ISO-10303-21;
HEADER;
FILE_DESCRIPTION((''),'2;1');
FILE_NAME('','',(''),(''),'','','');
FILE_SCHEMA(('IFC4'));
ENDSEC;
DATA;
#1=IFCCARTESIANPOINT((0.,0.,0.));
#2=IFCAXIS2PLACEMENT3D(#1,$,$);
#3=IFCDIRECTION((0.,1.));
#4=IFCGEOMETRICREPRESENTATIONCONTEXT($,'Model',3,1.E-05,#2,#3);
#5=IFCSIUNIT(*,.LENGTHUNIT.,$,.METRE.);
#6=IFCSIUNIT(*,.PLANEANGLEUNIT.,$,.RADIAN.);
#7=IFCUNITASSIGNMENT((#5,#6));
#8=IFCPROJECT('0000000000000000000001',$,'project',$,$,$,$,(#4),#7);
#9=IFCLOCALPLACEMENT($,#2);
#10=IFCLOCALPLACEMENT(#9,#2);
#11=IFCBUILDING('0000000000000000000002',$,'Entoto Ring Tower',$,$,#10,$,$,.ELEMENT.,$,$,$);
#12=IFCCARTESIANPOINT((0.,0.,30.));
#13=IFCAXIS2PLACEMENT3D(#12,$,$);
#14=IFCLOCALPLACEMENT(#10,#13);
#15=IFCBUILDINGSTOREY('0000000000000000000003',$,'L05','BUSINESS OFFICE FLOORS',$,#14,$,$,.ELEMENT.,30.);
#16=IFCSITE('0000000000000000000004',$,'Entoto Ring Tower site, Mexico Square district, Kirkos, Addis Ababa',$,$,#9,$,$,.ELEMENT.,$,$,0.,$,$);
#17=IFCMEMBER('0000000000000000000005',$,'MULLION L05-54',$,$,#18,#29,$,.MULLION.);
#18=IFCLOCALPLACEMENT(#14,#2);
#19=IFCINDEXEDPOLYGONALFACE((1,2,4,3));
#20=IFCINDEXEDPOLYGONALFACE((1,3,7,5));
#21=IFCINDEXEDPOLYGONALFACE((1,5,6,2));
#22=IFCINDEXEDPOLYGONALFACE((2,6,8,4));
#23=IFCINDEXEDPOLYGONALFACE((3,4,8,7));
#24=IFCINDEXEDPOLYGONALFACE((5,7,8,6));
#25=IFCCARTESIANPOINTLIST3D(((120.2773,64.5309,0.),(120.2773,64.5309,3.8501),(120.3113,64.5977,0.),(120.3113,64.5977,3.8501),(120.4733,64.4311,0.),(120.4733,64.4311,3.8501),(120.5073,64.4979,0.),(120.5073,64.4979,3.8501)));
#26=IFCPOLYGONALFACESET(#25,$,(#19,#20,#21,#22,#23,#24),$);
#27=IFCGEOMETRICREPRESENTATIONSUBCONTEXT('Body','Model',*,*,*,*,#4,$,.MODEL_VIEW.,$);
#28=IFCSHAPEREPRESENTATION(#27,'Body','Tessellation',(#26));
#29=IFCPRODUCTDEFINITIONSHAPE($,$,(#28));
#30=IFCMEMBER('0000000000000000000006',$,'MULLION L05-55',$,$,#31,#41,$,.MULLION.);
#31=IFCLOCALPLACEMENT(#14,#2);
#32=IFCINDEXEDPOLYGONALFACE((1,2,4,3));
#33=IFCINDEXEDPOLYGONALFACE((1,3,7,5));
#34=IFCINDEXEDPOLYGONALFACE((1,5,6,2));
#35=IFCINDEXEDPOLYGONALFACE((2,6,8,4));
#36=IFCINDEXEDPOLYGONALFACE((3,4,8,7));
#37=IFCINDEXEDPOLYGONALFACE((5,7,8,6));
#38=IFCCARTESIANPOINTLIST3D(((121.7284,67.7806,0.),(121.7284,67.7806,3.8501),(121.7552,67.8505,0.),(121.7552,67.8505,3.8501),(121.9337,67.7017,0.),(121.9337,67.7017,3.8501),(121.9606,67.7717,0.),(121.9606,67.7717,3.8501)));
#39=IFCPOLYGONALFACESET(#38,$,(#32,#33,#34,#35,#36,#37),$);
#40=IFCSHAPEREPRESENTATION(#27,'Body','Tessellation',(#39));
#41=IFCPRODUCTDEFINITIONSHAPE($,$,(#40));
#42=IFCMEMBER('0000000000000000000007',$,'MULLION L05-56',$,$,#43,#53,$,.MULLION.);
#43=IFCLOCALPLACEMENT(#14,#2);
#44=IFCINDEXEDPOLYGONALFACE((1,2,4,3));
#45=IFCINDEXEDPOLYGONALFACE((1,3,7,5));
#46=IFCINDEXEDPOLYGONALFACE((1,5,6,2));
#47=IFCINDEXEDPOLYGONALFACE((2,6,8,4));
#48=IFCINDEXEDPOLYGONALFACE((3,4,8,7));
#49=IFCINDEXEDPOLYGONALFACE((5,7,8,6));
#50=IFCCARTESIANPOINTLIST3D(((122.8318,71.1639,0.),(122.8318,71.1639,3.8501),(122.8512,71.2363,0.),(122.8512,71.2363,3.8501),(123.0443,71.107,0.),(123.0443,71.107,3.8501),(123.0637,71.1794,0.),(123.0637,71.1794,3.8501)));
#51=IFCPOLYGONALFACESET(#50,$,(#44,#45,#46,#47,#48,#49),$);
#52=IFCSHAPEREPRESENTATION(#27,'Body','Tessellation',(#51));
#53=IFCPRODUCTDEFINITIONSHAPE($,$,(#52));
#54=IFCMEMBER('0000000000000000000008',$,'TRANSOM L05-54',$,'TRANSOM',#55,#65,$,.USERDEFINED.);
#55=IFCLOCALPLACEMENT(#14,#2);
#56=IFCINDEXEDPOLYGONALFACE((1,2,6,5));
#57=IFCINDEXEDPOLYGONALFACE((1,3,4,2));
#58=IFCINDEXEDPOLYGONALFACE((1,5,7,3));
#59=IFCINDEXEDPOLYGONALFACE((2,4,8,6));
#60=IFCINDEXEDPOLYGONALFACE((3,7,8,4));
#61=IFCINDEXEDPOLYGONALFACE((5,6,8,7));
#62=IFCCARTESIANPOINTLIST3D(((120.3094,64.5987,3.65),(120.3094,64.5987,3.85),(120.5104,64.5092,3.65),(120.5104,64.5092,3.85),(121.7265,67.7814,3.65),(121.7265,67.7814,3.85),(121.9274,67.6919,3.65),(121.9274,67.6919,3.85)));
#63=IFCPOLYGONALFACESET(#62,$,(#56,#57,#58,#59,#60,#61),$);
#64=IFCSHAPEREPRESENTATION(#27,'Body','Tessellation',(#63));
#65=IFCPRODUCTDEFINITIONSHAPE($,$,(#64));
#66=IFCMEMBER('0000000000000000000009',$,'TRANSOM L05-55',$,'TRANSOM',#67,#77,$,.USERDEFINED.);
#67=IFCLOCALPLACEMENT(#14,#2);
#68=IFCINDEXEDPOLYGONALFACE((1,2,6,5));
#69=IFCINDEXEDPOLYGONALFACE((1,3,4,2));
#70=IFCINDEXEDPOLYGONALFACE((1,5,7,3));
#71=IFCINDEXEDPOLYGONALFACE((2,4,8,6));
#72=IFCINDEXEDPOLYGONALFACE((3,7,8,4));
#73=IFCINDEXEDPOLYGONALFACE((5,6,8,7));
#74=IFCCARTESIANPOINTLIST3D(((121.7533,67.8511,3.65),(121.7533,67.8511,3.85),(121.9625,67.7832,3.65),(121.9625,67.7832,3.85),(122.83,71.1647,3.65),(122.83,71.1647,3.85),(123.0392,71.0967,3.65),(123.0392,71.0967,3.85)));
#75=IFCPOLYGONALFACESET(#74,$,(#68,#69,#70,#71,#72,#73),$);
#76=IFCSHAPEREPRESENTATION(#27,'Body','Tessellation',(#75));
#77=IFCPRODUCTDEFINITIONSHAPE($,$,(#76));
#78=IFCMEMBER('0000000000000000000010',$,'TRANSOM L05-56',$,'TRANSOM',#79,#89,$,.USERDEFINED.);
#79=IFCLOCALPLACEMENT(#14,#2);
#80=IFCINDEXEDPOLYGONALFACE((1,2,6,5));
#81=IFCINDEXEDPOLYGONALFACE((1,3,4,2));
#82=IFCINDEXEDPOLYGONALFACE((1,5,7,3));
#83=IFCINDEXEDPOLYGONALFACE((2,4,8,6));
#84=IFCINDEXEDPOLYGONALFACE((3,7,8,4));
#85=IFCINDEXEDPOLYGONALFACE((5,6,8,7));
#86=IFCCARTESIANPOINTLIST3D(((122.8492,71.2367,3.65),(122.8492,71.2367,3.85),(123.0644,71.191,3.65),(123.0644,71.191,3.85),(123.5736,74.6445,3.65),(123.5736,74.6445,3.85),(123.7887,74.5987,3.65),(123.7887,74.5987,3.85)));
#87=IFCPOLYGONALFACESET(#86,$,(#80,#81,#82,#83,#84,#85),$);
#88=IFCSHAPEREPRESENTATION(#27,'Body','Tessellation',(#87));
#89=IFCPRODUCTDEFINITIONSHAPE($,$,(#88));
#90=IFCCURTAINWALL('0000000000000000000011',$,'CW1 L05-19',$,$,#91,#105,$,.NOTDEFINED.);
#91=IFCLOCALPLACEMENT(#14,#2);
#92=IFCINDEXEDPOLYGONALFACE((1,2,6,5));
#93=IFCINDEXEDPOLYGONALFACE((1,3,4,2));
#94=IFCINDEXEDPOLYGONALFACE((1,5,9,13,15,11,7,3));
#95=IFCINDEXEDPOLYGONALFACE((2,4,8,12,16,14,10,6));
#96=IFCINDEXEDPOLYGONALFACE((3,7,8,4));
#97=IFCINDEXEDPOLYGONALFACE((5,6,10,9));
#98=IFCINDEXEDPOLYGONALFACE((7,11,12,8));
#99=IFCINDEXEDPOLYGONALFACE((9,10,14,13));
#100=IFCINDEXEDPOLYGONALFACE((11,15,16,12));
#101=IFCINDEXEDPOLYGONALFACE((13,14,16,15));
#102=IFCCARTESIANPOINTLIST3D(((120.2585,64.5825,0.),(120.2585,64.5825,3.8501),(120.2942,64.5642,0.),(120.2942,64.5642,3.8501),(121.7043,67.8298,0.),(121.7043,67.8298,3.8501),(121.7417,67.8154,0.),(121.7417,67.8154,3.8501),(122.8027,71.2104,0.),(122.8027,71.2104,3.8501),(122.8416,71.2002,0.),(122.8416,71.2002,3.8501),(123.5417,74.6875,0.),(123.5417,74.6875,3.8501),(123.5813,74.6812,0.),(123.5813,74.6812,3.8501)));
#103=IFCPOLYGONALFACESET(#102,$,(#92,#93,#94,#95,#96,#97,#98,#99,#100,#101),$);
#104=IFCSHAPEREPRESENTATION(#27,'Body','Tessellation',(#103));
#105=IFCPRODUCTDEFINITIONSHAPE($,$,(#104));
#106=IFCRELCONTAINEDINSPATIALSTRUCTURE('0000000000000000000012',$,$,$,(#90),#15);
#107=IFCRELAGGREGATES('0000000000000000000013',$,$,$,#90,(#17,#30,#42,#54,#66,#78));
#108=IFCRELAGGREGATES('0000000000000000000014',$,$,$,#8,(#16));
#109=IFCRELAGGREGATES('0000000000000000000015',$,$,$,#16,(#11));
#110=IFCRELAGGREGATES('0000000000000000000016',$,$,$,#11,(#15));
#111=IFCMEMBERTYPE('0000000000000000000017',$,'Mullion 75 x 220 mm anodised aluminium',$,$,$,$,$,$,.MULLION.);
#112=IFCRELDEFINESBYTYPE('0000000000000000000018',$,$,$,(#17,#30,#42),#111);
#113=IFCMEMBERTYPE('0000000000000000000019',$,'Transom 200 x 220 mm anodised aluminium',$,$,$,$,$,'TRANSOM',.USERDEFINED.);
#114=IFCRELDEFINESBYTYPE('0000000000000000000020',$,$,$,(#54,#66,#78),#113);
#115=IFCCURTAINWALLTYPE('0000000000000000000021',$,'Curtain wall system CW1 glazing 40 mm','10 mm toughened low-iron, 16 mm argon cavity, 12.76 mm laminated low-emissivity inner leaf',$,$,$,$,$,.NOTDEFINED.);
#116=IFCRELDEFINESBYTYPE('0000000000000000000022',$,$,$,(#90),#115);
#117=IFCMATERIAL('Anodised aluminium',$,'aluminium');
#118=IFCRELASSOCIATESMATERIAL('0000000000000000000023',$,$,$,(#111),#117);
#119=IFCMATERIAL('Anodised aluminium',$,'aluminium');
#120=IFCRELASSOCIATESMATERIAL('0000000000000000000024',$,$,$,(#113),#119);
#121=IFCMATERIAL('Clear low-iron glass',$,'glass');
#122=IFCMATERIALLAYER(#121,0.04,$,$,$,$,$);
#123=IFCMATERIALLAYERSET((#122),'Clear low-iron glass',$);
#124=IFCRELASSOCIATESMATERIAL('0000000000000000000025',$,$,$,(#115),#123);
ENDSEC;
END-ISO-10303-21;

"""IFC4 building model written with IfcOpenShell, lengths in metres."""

from ifc_helpers import new_model, si_unit, direction, frame, origin, origin_2d, place, context, subcontext, project, spatial, polyline, rectangle, outline, extrude, material, layer, layer_set, material_profile, profile_set, type_object, element, aggregate, save


model = new_model("IFC4")

# Units and contexts
model_context = context("Model", 3, precision=1e-05, world=origin(), true_north=direction((0.0, 1.0)))
body_context = subcontext(model_context, "Body", "Model", "MODEL_VIEW")
ifc_project = project(units=[si_unit("LENGTHUNIT", "METRE"), si_unit("PLANEANGLEUNIT", "RADIAN")], contexts=[model_context])

# Members
ifc_material_1 = material(Name="Anodised aluminium", Category="aluminium")
ifc_material_profile_1 = material_profile(ifc_material_1, rectangle(XDim=0.075, YDim=0.22, at=origin_2d()), Name="Mullion 75 x 220 mm anodised aluminium")
ifc_profile_set_1 = profile_set([ifc_material_profile_1], Name="Anodised aluminium")
member_type_1 = type_object("IfcMemberType", Name="Mullion 75 x 220 mm anodised aluminium", PredefinedType="MULLION", material=ifc_profile_set_1)
site_placement = place(None, origin())
building_placement = place(site_placement, origin())
storey_placement = place(building_placement, frame((0.0, 0.0, 30.0)))
member_1_placement = place(storey_placement, frame((120.3923, 64.5144, 0.0), z_axis=(0.0, 0.0, 1.0), x_axis=(0.45399, 0.891007, 0.0)))
member_1 = element("IfcMember", 1, at=member_1_placement, type_object=member_type_1, Name="MULLION L05-54", PredefinedType="MULLION", context=body_context, shape_type="SweptSolid", body=[
    extrude(rectangle(XDim=0.075, YDim=0.22, at=origin_2d()), origin(), (0.0, 0.0, 1.0), 3.8501),
])
member_2_placement = place(storey_placement, frame((121.8445, 67.7761, 0.0), z_axis=(0.0, 0.0, 1.0), x_axis=(0.358368, 0.93358, 0.0)))
member_2 = element("IfcMember", 2, at=member_2_placement, type_object=member_type_1, Name="MULLION L05-55", PredefinedType="MULLION", context=body_context, shape_type="SweptSolid", body=[
    extrude(rectangle(XDim=0.075, YDim=0.22, at=origin_2d()), origin(), (0.0, 0.0, 1.0), 3.8501),
])
member_3_placement = place(storey_placement, frame((122.9478, 71.1716, 0.0), z_axis=(0.0, 0.0, 1.0), x_axis=(0.258819, 0.965926, 0.0)))
member_3 = element("IfcMember", 3, at=member_3_placement, type_object=member_type_1, Name="MULLION L05-56", PredefinedType="MULLION", context=body_context, shape_type="SweptSolid", body=[
    extrude(rectangle(XDim=0.075, YDim=0.22, at=origin_2d()), origin(), (0.0, 0.0, 1.0), 3.8501),
])
ifc_material_2 = material(Name="Anodised aluminium", Category="aluminium")
ifc_material_profile_2 = material_profile(ifc_material_2, rectangle(XDim=0.22, YDim=0.2, at=origin_2d()), Name="Transom 200 x 220 mm anodised aluminium")
ifc_profile_set_2 = profile_set([ifc_material_profile_2], Name="Anodised aluminium")
member_type_2 = type_object("IfcMemberType", Name="Transom 200 x 220 mm anodised aluminium", ElementType="TRANSOM", PredefinedType="USERDEFINED", material=ifc_profile_set_2)
member_4_placement = place(storey_placement, frame((120.4099, 64.554, 3.75), z_axis=(0.406737, 0.913545, 0.0), x_axis=(-0.913545, 0.406737, 0.0)))
member_4 = element("IfcMember", 4, at=member_4_placement, type_object=member_type_2, Name="TRANSOM L05-54", ObjectType="TRANSOM", PredefinedType="USERDEFINED", context=body_context, shape_type="SweptSolid", body=[
    extrude(rectangle(XDim=0.22, YDim=0.2, at=origin_2d()), origin(), (0.0, 0.0, 1.0), 3.4839),
])
member_5_placement = place(storey_placement, frame((121.8579, 67.8171, 3.75), z_axis=(0.309029, 0.951053, 0.0), x_axis=(-0.951053, 0.309029, 0.0)))
member_5 = element("IfcMember", 5, at=member_5_placement, type_object=member_type_2, Name="TRANSOM L05-55", ObjectType="TRANSOM", PredefinedType="USERDEFINED", context=body_context, shape_type="SweptSolid", body=[
    extrude(rectangle(XDim=0.22, YDim=0.2, at=origin_2d()), origin(), (0.0, 0.0, 1.0), 3.4841),
])
member_6_placement = place(storey_placement, frame((122.9568, 71.2139, 3.75), z_axis=(0.207921, 0.978146, 0.0), x_axis=(-0.978146, 0.207921, 0.0)))
member_6 = element("IfcMember", 6, at=member_6_placement, type_object=member_type_2, Name="TRANSOM L05-56", ObjectType="TRANSOM", PredefinedType="USERDEFINED", context=body_context, shape_type="SweptSolid", body=[
    extrude(rectangle(XDim=0.22, YDim=0.2, at=origin_2d()), origin(), (0.0, 0.0, 1.0), 3.4839),
])

# Site, building, storey
site = spatial("IfcSite", under=ifc_project, at=site_placement, Name="Entoto Ring Tower site, Mexico Square district, Kirkos, Addis Ababa", CompositionType="ELEMENT", RefElevation=0.0)
building = spatial("IfcBuilding", under=site, at=building_placement, Name="Entoto Ring Tower", CompositionType="ELEMENT")
storey = spatial("IfcBuildingStorey", under=building, at=storey_placement, Name="L05", Description="BUSINESS OFFICE FLOORS", CompositionType="ELEMENT", Elevation=30.0)

# Curtain wall
ifc_material_3 = material(Name="Clear low-iron glass", Category="glass")
ifc_layer_1 = layer(ifc_material_3, 0.04)
ifc_layer_set_1 = layer_set([ifc_layer_1], Name="Clear low-iron glass")
curtain_wall_type = type_object("IfcCurtainWallType", Name="Curtain wall system CW1 glazing 40 mm", Description="10 mm toughened low-iron, 16 mm argon cavity, 12.76 mm laminated low-emissivity inner leaf", PredefinedType="NOTDEFINED", material=ifc_layer_set_1)
curtain_wall_1_placement = place(storey_placement, origin())
curtain_wall_1 = element("IfcCurtainWall", 7, at=curtain_wall_1_placement, inside=storey, type_object=curtain_wall_type, Name="CW1 L05-19", PredefinedType="NOTDEFINED", context=body_context, shape_type="SweptSolid", body=[
    extrude(outline(polyline([(120.2942, 64.5642), (121.7417, 67.8154), (122.8416, 71.2002), (123.5813, 74.6812), (123.5417, 74.6875), (122.8027, 71.2104), (121.7043, 67.8298), (120.2585, 64.5825), (120.2942, 64.5642)])), origin(), (0.0, 0.0, 1.0), 3.8501),
])
aggregate(curtain_wall_1, [member_1, member_2, member_3, member_4, member_5, member_6])

save(model, "model.ifc")
